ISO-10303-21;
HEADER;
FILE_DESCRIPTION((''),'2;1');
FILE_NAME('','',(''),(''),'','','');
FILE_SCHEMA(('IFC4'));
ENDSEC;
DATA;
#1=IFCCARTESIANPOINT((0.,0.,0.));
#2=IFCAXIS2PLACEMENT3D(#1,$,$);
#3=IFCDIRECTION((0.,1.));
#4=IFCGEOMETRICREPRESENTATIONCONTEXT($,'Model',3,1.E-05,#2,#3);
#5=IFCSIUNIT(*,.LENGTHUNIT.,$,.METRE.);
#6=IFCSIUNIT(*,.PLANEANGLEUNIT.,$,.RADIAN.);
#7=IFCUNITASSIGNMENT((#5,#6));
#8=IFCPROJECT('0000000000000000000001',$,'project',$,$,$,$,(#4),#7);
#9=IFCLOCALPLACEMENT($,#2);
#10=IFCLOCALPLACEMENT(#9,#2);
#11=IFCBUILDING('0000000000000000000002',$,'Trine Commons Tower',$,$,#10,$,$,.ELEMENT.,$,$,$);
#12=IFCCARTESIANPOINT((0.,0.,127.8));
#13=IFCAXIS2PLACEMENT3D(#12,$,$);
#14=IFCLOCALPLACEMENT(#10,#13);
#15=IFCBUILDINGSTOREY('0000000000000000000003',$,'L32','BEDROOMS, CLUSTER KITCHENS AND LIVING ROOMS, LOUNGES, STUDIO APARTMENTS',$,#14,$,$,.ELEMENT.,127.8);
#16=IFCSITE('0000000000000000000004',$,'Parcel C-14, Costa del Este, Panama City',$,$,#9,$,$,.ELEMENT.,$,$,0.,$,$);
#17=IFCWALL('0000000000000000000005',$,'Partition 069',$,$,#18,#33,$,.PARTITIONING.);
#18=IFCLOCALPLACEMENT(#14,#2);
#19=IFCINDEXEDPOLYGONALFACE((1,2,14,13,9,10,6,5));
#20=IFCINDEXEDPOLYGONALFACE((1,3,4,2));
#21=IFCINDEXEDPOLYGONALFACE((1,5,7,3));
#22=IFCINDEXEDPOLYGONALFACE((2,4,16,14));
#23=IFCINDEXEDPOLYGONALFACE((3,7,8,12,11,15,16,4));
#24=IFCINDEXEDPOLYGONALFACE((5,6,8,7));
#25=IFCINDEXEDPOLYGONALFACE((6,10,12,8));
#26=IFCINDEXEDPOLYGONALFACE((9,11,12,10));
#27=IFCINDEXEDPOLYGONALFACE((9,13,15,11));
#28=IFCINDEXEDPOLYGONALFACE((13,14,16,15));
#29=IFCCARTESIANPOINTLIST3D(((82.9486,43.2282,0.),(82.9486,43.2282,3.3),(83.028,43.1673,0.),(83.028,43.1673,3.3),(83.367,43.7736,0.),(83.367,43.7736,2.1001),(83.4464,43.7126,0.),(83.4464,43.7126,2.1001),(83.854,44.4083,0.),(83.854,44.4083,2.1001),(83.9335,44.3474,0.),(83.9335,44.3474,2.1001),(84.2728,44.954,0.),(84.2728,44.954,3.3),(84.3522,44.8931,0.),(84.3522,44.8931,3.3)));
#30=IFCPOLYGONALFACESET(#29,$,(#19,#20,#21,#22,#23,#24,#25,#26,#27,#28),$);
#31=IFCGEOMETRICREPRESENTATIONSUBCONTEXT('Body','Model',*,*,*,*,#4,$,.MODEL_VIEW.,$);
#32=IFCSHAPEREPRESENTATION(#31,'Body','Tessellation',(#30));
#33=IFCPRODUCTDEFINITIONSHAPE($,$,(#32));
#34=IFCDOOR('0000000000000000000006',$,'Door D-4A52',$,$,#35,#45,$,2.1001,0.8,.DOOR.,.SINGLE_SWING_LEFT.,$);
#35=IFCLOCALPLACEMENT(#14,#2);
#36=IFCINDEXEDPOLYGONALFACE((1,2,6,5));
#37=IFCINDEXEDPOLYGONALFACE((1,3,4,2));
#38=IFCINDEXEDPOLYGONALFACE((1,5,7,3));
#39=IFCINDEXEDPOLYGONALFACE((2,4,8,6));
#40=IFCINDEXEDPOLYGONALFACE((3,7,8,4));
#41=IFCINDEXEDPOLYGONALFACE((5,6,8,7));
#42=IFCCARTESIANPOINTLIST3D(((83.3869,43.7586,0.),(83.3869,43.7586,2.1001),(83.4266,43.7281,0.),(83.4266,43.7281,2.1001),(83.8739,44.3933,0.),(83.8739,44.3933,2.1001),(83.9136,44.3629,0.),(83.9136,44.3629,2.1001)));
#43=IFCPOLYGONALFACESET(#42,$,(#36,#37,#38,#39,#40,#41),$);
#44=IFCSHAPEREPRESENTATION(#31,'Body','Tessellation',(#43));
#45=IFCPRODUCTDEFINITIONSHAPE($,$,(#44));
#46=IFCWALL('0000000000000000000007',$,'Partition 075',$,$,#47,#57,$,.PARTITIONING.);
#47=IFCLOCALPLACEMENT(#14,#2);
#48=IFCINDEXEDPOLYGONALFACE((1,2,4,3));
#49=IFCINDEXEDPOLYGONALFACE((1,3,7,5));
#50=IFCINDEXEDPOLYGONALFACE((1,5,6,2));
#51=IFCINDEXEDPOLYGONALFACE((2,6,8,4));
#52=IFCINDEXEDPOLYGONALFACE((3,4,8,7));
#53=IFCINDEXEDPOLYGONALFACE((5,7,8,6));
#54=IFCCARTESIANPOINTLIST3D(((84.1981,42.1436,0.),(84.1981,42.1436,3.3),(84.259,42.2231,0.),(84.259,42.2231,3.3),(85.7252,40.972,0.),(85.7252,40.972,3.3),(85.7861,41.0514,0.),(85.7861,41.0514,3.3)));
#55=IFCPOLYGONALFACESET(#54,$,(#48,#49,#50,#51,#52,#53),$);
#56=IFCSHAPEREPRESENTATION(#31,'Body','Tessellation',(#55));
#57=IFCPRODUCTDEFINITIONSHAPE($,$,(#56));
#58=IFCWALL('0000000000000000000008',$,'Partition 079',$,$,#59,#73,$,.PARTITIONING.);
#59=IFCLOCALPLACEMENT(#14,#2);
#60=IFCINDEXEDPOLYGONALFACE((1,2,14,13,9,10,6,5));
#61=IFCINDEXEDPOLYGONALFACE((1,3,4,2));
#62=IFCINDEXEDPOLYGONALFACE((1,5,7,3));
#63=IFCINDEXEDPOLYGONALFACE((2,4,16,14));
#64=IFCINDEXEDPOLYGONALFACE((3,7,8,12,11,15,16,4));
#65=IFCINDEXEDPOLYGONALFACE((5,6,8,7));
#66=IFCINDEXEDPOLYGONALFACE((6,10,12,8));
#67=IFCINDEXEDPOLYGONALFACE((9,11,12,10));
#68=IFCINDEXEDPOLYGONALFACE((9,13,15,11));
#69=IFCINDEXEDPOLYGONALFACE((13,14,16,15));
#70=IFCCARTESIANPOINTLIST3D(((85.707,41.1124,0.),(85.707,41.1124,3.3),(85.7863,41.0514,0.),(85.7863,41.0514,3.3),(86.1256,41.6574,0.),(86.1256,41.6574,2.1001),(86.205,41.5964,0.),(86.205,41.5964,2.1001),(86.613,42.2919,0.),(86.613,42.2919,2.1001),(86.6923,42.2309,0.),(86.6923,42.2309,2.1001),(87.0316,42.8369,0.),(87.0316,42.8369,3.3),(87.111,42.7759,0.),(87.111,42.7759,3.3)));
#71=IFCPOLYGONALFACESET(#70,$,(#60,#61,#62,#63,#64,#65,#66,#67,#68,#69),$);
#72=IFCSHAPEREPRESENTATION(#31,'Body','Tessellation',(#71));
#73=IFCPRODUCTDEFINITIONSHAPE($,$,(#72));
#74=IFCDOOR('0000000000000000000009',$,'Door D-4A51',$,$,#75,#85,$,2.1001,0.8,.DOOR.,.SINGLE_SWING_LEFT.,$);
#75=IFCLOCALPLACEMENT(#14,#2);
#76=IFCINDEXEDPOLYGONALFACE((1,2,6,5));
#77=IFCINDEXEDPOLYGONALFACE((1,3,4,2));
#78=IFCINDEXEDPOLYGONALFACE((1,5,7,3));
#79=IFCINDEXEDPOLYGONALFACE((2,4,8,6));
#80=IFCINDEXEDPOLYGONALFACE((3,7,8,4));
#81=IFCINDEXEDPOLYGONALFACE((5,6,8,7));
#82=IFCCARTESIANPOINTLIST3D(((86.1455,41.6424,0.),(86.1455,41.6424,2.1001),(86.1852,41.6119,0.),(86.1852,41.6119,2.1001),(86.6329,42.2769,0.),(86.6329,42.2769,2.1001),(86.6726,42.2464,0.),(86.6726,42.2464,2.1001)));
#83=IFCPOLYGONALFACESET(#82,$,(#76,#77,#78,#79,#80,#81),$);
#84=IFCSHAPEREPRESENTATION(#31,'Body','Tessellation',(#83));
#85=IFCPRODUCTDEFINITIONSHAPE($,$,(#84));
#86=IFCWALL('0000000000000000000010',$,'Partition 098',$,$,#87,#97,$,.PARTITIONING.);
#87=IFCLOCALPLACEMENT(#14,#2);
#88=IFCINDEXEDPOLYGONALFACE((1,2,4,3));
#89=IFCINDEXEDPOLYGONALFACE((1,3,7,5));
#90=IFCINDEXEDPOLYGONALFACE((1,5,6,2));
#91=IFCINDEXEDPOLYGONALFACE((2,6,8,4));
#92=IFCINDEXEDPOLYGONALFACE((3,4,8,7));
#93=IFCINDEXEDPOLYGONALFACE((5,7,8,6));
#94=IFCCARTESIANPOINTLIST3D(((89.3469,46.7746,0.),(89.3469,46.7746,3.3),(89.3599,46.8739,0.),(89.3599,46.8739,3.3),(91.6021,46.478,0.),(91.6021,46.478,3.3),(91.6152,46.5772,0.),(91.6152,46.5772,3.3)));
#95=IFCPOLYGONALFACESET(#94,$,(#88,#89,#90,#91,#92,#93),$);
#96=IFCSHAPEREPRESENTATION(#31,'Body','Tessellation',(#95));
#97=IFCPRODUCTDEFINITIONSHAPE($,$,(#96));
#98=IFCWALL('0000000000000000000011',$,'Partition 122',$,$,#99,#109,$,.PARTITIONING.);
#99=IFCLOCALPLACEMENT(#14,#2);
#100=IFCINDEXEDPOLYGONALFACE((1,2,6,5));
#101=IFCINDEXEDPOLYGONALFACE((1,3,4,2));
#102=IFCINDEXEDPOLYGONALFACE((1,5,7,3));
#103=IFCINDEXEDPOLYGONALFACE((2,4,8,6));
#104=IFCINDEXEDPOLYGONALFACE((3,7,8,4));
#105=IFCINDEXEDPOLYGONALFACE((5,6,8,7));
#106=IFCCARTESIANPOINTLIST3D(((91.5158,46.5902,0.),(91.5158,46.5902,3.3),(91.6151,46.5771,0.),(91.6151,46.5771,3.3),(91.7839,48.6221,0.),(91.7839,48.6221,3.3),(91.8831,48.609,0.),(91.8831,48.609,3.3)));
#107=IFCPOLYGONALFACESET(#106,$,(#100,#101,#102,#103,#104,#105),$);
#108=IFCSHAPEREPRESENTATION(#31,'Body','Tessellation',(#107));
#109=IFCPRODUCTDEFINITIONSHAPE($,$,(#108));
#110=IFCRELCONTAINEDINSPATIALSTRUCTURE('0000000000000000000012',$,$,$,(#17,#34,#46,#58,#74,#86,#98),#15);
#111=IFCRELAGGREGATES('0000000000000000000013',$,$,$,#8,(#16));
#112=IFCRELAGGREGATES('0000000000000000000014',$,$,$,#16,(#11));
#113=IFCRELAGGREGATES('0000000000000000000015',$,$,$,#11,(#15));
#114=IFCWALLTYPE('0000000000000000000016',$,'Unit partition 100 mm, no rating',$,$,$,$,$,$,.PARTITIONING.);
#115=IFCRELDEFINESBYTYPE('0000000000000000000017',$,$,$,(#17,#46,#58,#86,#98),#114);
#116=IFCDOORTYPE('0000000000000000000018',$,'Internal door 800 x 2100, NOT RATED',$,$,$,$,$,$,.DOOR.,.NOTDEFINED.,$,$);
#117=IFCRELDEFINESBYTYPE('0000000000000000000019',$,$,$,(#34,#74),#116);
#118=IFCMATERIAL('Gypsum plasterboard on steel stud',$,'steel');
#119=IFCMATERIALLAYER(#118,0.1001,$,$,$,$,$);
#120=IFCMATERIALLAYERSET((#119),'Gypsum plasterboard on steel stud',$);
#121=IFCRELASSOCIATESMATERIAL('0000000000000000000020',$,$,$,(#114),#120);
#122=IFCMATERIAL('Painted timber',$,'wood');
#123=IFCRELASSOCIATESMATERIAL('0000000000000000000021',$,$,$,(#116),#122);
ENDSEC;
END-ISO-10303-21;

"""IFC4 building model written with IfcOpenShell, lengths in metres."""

from ifc_helpers import new_model, si_unit, direction, frame, frame_2d, origin, place, context, subcontext, project, spatial, rectangle, extrude, material, layer, layer_set, type_object, element, fill, save


model = new_model("IFC4")

# Units and contexts
model_context = context("Model", 3, precision=1e-05, world=origin(), true_north=direction((0.0, 1.0)))
body_context = subcontext(model_context, "Body", "Model", "MODEL_VIEW")
ifc_project = project(units=[si_unit("LENGTHUNIT", "METRE"), si_unit("PLANEANGLEUNIT", "RADIAN")], contexts=[model_context])

# Site, building, storey
site_placement = place(None, origin())
site = spatial("IfcSite", under=ifc_project, at=site_placement, Name="Parcel C-14, Costa del Este, Panama City", CompositionType="ELEMENT", RefElevation=0.0)
building_placement = place(site_placement, origin())
building = spatial("IfcBuilding", under=site, at=building_placement, Name="Trine Commons Tower", CompositionType="ELEMENT")
storey_placement = place(building_placement, frame((0.0, 0.0, 127.8)))
storey = spatial("IfcBuildingStorey", under=building, at=storey_placement, Name="L32", Description="BEDROOMS, CLUSTER KITCHENS AND LIVING ROOMS, LOUNGES, STUDIO APARTMENTS", CompositionType="ELEMENT", Elevation=127.8)

# Shared definitions
ifc_material_1 = material(Name="Gypsum plasterboard on steel stud", Category="steel")

# Shared definitions
ifc_material_2 = material(Name="Painted timber", Category="wood")

# Shared definitions
ifc_layer_1 = layer(ifc_material_1, 0.1001)
ifc_layer_set_1 = layer_set([ifc_layer_1], Name="Gypsum plasterboard on steel stud")
wall_type_1 = type_object("IfcWallType", Name="Unit partition 100 mm, no rating", PredefinedType="PARTITIONING", material=ifc_layer_set_1)

# Wall, opening, door
wall_1_placement = place(storey_placement, frame((82.9883, 43.1978, 0.0), z_axis=(0.0, 0.0, 1.0), x_axis=(0.608745, 0.793366, 0.0)))
wall_1 = element("IfcWall", 1, at=wall_1_placement, inside=storey, type_object=wall_type_1, Name="Partition 069", PredefinedType="PARTITIONING", context=body_context, shape_type="SweptSolid", body=[
    extrude(rectangle(XDim=2.1753, YDim=0.1001, at=frame_2d((1.0876, 0.0))), origin(), (0.0, 0.0, 1.0), 3.3),
])
opening_1_placement = place(wall_1_placement, frame((0.6875, 0.0, 0.0)))
opening_1 = element("IfcOpeningElement", 2, at=opening_1_placement, cuts=wall_1, PredefinedType="OPENING", context=body_context, shape_type="SweptSolid", body=[
    extrude(rectangle(XDim=0.8, YDim=2.1001, at=frame_2d((0.3999, 1.05))), frame((0.0, 0.0601, 0.0), z_axis=(0.0, -1.0, 0.0), x_axis=(1.0, 0.0, 0.0)), (0.0, 0.0, 1.0), 0.1201),
])
door_type_1 = type_object("IfcDoorType", Name="Internal door 800 x 2100, NOT RATED", OperationType="NOTDEFINED", PredefinedType="DOOR", material=ifc_material_2)
door_1_placement = place(opening_1_placement, frame((0.8, 0.0, 0.0), z_axis=(0.0, 0.0, 1.0), x_axis=(-1.0, 0.0, 0.0)))
door_1 = element("IfcDoor", 3, at=door_1_placement, inside=storey, type_object=door_type_1, Name="Door D-4A52", OperationType="SINGLE_SWING_LEFT", OverallHeight=2.1001, OverallWidth=0.8, PredefinedType="DOOR", context=body_context, shape_type="SweptSolid", body=[
    extrude(rectangle(XDim=0.8, YDim=2.1001, at=frame_2d((0.3999, 1.05))), frame((0.0, 0.0249, 0.0), z_axis=(0.0, -1.0, 0.0), x_axis=(1.0, 0.0, 0.0)), (0.0, 0.0, 1.0), 0.05),
])
fill(opening_1, door_1)

# Wall
wall_2_placement = place(storey_placement, frame((84.2285, 42.1833, 0.0), z_axis=(0.0, 0.0, 1.0), x_axis=(0.793392, -0.608711, 0.0)))
element("IfcWall", 4, at=wall_2_placement, inside=storey, type_object=wall_type_1, Name="Partition 075", PredefinedType="PARTITIONING", context=body_context, shape_type="SweptSolid", body=[
    extrude(rectangle(XDim=1.9248, YDim=0.1001, at=frame_2d((0.9624, 0.0))), origin(), (0.0, 0.0, 1.0), 3.3),
])

# Wall, opening, door
wall_3_placement = place(storey_placement, frame((85.7466, 41.0818, 0.0), z_axis=(0.0, 0.0, 1.0), x_axis=(0.609157, 0.793049, 0.0)))
wall_3 = element("IfcWall", 5, at=wall_3_placement, inside=storey, type_object=wall_type_1, Name="Partition 079", PredefinedType="PARTITIONING", context=body_context, shape_type="SweptSolid", body=[
    extrude(rectangle(XDim=2.1746, YDim=0.1001, at=frame_2d((1.0874, 0.0))), origin(), (0.0, 0.0, 1.0), 3.3),
])
opening_2_placement = place(wall_3_placement, frame((0.6875, 0.0, 0.0)))
opening_2 = element("IfcOpeningElement", 6, at=opening_2_placement, cuts=wall_3, PredefinedType="OPENING", context=body_context, shape_type="SweptSolid", body=[
    extrude(rectangle(XDim=0.8, YDim=2.1001, at=frame_2d((0.3999, 1.05))), frame((0.0, 0.0601, 0.0), z_axis=(0.0, -1.0, 0.0), x_axis=(1.0, 0.0, 0.0)), (0.0, 0.0, 1.0), 0.1201),
])
door_2_placement = place(opening_2_placement, frame((0.8, 0.0, 0.0), z_axis=(0.0, 0.0, 1.0), x_axis=(-1.0, 0.0, 0.0)))
door_2 = element("IfcDoor", 7, at=door_2_placement, inside=storey, type_object=door_type_1, Name="Door D-4A51", OperationType="SINGLE_SWING_LEFT", OverallHeight=2.1001, OverallWidth=0.8, PredefinedType="DOOR", context=body_context, shape_type="SweptSolid", body=[
    extrude(rectangle(XDim=0.8, YDim=2.1001, at=frame_2d((0.3999, 1.05))), frame((0.0, 0.0249, 0.0), z_axis=(0.0, -1.0, 0.0), x_axis=(1.0, 0.0, 0.0)), (0.0, 0.0, 1.0), 0.05),
])
fill(opening_2, door_2)

# Walls
wall_4_placement = place(storey_placement, frame((89.3535, 46.8242, 0.0), z_axis=(0.0, 0.0, 1.0), x_axis=(0.99146, -0.130413, 0.0)))
element("IfcWall", 8, at=wall_4_placement, inside=storey, type_object=wall_type_1, Name="Partition 098", PredefinedType="PARTITIONING", context=body_context, shape_type="SweptSolid", body=[
    extrude(rectangle(XDim=2.2747, YDim=0.1001, at=frame_2d((1.1372, 0.0))), origin(), (0.0, 0.0, 1.0), 3.3),
])
wall_5_placement = place(storey_placement, frame((91.5654, 46.5835, 0.0), z_axis=(0.0, 0.0, 1.0), x_axis=(0.13079, 0.99141, 0.0)))
element("IfcWall", 9, at=wall_5_placement, inside=storey, type_object=wall_type_1, Name="Partition 122", PredefinedType="PARTITIONING", context=body_context, shape_type="SweptSolid", body=[
    extrude(rectangle(XDim=2.0496, YDim=0.1001, at=frame_2d((1.0249, 0.0))), origin(), (0.0, 0.0, 1.0), 3.3),
])

save(model, "model.ifc")
